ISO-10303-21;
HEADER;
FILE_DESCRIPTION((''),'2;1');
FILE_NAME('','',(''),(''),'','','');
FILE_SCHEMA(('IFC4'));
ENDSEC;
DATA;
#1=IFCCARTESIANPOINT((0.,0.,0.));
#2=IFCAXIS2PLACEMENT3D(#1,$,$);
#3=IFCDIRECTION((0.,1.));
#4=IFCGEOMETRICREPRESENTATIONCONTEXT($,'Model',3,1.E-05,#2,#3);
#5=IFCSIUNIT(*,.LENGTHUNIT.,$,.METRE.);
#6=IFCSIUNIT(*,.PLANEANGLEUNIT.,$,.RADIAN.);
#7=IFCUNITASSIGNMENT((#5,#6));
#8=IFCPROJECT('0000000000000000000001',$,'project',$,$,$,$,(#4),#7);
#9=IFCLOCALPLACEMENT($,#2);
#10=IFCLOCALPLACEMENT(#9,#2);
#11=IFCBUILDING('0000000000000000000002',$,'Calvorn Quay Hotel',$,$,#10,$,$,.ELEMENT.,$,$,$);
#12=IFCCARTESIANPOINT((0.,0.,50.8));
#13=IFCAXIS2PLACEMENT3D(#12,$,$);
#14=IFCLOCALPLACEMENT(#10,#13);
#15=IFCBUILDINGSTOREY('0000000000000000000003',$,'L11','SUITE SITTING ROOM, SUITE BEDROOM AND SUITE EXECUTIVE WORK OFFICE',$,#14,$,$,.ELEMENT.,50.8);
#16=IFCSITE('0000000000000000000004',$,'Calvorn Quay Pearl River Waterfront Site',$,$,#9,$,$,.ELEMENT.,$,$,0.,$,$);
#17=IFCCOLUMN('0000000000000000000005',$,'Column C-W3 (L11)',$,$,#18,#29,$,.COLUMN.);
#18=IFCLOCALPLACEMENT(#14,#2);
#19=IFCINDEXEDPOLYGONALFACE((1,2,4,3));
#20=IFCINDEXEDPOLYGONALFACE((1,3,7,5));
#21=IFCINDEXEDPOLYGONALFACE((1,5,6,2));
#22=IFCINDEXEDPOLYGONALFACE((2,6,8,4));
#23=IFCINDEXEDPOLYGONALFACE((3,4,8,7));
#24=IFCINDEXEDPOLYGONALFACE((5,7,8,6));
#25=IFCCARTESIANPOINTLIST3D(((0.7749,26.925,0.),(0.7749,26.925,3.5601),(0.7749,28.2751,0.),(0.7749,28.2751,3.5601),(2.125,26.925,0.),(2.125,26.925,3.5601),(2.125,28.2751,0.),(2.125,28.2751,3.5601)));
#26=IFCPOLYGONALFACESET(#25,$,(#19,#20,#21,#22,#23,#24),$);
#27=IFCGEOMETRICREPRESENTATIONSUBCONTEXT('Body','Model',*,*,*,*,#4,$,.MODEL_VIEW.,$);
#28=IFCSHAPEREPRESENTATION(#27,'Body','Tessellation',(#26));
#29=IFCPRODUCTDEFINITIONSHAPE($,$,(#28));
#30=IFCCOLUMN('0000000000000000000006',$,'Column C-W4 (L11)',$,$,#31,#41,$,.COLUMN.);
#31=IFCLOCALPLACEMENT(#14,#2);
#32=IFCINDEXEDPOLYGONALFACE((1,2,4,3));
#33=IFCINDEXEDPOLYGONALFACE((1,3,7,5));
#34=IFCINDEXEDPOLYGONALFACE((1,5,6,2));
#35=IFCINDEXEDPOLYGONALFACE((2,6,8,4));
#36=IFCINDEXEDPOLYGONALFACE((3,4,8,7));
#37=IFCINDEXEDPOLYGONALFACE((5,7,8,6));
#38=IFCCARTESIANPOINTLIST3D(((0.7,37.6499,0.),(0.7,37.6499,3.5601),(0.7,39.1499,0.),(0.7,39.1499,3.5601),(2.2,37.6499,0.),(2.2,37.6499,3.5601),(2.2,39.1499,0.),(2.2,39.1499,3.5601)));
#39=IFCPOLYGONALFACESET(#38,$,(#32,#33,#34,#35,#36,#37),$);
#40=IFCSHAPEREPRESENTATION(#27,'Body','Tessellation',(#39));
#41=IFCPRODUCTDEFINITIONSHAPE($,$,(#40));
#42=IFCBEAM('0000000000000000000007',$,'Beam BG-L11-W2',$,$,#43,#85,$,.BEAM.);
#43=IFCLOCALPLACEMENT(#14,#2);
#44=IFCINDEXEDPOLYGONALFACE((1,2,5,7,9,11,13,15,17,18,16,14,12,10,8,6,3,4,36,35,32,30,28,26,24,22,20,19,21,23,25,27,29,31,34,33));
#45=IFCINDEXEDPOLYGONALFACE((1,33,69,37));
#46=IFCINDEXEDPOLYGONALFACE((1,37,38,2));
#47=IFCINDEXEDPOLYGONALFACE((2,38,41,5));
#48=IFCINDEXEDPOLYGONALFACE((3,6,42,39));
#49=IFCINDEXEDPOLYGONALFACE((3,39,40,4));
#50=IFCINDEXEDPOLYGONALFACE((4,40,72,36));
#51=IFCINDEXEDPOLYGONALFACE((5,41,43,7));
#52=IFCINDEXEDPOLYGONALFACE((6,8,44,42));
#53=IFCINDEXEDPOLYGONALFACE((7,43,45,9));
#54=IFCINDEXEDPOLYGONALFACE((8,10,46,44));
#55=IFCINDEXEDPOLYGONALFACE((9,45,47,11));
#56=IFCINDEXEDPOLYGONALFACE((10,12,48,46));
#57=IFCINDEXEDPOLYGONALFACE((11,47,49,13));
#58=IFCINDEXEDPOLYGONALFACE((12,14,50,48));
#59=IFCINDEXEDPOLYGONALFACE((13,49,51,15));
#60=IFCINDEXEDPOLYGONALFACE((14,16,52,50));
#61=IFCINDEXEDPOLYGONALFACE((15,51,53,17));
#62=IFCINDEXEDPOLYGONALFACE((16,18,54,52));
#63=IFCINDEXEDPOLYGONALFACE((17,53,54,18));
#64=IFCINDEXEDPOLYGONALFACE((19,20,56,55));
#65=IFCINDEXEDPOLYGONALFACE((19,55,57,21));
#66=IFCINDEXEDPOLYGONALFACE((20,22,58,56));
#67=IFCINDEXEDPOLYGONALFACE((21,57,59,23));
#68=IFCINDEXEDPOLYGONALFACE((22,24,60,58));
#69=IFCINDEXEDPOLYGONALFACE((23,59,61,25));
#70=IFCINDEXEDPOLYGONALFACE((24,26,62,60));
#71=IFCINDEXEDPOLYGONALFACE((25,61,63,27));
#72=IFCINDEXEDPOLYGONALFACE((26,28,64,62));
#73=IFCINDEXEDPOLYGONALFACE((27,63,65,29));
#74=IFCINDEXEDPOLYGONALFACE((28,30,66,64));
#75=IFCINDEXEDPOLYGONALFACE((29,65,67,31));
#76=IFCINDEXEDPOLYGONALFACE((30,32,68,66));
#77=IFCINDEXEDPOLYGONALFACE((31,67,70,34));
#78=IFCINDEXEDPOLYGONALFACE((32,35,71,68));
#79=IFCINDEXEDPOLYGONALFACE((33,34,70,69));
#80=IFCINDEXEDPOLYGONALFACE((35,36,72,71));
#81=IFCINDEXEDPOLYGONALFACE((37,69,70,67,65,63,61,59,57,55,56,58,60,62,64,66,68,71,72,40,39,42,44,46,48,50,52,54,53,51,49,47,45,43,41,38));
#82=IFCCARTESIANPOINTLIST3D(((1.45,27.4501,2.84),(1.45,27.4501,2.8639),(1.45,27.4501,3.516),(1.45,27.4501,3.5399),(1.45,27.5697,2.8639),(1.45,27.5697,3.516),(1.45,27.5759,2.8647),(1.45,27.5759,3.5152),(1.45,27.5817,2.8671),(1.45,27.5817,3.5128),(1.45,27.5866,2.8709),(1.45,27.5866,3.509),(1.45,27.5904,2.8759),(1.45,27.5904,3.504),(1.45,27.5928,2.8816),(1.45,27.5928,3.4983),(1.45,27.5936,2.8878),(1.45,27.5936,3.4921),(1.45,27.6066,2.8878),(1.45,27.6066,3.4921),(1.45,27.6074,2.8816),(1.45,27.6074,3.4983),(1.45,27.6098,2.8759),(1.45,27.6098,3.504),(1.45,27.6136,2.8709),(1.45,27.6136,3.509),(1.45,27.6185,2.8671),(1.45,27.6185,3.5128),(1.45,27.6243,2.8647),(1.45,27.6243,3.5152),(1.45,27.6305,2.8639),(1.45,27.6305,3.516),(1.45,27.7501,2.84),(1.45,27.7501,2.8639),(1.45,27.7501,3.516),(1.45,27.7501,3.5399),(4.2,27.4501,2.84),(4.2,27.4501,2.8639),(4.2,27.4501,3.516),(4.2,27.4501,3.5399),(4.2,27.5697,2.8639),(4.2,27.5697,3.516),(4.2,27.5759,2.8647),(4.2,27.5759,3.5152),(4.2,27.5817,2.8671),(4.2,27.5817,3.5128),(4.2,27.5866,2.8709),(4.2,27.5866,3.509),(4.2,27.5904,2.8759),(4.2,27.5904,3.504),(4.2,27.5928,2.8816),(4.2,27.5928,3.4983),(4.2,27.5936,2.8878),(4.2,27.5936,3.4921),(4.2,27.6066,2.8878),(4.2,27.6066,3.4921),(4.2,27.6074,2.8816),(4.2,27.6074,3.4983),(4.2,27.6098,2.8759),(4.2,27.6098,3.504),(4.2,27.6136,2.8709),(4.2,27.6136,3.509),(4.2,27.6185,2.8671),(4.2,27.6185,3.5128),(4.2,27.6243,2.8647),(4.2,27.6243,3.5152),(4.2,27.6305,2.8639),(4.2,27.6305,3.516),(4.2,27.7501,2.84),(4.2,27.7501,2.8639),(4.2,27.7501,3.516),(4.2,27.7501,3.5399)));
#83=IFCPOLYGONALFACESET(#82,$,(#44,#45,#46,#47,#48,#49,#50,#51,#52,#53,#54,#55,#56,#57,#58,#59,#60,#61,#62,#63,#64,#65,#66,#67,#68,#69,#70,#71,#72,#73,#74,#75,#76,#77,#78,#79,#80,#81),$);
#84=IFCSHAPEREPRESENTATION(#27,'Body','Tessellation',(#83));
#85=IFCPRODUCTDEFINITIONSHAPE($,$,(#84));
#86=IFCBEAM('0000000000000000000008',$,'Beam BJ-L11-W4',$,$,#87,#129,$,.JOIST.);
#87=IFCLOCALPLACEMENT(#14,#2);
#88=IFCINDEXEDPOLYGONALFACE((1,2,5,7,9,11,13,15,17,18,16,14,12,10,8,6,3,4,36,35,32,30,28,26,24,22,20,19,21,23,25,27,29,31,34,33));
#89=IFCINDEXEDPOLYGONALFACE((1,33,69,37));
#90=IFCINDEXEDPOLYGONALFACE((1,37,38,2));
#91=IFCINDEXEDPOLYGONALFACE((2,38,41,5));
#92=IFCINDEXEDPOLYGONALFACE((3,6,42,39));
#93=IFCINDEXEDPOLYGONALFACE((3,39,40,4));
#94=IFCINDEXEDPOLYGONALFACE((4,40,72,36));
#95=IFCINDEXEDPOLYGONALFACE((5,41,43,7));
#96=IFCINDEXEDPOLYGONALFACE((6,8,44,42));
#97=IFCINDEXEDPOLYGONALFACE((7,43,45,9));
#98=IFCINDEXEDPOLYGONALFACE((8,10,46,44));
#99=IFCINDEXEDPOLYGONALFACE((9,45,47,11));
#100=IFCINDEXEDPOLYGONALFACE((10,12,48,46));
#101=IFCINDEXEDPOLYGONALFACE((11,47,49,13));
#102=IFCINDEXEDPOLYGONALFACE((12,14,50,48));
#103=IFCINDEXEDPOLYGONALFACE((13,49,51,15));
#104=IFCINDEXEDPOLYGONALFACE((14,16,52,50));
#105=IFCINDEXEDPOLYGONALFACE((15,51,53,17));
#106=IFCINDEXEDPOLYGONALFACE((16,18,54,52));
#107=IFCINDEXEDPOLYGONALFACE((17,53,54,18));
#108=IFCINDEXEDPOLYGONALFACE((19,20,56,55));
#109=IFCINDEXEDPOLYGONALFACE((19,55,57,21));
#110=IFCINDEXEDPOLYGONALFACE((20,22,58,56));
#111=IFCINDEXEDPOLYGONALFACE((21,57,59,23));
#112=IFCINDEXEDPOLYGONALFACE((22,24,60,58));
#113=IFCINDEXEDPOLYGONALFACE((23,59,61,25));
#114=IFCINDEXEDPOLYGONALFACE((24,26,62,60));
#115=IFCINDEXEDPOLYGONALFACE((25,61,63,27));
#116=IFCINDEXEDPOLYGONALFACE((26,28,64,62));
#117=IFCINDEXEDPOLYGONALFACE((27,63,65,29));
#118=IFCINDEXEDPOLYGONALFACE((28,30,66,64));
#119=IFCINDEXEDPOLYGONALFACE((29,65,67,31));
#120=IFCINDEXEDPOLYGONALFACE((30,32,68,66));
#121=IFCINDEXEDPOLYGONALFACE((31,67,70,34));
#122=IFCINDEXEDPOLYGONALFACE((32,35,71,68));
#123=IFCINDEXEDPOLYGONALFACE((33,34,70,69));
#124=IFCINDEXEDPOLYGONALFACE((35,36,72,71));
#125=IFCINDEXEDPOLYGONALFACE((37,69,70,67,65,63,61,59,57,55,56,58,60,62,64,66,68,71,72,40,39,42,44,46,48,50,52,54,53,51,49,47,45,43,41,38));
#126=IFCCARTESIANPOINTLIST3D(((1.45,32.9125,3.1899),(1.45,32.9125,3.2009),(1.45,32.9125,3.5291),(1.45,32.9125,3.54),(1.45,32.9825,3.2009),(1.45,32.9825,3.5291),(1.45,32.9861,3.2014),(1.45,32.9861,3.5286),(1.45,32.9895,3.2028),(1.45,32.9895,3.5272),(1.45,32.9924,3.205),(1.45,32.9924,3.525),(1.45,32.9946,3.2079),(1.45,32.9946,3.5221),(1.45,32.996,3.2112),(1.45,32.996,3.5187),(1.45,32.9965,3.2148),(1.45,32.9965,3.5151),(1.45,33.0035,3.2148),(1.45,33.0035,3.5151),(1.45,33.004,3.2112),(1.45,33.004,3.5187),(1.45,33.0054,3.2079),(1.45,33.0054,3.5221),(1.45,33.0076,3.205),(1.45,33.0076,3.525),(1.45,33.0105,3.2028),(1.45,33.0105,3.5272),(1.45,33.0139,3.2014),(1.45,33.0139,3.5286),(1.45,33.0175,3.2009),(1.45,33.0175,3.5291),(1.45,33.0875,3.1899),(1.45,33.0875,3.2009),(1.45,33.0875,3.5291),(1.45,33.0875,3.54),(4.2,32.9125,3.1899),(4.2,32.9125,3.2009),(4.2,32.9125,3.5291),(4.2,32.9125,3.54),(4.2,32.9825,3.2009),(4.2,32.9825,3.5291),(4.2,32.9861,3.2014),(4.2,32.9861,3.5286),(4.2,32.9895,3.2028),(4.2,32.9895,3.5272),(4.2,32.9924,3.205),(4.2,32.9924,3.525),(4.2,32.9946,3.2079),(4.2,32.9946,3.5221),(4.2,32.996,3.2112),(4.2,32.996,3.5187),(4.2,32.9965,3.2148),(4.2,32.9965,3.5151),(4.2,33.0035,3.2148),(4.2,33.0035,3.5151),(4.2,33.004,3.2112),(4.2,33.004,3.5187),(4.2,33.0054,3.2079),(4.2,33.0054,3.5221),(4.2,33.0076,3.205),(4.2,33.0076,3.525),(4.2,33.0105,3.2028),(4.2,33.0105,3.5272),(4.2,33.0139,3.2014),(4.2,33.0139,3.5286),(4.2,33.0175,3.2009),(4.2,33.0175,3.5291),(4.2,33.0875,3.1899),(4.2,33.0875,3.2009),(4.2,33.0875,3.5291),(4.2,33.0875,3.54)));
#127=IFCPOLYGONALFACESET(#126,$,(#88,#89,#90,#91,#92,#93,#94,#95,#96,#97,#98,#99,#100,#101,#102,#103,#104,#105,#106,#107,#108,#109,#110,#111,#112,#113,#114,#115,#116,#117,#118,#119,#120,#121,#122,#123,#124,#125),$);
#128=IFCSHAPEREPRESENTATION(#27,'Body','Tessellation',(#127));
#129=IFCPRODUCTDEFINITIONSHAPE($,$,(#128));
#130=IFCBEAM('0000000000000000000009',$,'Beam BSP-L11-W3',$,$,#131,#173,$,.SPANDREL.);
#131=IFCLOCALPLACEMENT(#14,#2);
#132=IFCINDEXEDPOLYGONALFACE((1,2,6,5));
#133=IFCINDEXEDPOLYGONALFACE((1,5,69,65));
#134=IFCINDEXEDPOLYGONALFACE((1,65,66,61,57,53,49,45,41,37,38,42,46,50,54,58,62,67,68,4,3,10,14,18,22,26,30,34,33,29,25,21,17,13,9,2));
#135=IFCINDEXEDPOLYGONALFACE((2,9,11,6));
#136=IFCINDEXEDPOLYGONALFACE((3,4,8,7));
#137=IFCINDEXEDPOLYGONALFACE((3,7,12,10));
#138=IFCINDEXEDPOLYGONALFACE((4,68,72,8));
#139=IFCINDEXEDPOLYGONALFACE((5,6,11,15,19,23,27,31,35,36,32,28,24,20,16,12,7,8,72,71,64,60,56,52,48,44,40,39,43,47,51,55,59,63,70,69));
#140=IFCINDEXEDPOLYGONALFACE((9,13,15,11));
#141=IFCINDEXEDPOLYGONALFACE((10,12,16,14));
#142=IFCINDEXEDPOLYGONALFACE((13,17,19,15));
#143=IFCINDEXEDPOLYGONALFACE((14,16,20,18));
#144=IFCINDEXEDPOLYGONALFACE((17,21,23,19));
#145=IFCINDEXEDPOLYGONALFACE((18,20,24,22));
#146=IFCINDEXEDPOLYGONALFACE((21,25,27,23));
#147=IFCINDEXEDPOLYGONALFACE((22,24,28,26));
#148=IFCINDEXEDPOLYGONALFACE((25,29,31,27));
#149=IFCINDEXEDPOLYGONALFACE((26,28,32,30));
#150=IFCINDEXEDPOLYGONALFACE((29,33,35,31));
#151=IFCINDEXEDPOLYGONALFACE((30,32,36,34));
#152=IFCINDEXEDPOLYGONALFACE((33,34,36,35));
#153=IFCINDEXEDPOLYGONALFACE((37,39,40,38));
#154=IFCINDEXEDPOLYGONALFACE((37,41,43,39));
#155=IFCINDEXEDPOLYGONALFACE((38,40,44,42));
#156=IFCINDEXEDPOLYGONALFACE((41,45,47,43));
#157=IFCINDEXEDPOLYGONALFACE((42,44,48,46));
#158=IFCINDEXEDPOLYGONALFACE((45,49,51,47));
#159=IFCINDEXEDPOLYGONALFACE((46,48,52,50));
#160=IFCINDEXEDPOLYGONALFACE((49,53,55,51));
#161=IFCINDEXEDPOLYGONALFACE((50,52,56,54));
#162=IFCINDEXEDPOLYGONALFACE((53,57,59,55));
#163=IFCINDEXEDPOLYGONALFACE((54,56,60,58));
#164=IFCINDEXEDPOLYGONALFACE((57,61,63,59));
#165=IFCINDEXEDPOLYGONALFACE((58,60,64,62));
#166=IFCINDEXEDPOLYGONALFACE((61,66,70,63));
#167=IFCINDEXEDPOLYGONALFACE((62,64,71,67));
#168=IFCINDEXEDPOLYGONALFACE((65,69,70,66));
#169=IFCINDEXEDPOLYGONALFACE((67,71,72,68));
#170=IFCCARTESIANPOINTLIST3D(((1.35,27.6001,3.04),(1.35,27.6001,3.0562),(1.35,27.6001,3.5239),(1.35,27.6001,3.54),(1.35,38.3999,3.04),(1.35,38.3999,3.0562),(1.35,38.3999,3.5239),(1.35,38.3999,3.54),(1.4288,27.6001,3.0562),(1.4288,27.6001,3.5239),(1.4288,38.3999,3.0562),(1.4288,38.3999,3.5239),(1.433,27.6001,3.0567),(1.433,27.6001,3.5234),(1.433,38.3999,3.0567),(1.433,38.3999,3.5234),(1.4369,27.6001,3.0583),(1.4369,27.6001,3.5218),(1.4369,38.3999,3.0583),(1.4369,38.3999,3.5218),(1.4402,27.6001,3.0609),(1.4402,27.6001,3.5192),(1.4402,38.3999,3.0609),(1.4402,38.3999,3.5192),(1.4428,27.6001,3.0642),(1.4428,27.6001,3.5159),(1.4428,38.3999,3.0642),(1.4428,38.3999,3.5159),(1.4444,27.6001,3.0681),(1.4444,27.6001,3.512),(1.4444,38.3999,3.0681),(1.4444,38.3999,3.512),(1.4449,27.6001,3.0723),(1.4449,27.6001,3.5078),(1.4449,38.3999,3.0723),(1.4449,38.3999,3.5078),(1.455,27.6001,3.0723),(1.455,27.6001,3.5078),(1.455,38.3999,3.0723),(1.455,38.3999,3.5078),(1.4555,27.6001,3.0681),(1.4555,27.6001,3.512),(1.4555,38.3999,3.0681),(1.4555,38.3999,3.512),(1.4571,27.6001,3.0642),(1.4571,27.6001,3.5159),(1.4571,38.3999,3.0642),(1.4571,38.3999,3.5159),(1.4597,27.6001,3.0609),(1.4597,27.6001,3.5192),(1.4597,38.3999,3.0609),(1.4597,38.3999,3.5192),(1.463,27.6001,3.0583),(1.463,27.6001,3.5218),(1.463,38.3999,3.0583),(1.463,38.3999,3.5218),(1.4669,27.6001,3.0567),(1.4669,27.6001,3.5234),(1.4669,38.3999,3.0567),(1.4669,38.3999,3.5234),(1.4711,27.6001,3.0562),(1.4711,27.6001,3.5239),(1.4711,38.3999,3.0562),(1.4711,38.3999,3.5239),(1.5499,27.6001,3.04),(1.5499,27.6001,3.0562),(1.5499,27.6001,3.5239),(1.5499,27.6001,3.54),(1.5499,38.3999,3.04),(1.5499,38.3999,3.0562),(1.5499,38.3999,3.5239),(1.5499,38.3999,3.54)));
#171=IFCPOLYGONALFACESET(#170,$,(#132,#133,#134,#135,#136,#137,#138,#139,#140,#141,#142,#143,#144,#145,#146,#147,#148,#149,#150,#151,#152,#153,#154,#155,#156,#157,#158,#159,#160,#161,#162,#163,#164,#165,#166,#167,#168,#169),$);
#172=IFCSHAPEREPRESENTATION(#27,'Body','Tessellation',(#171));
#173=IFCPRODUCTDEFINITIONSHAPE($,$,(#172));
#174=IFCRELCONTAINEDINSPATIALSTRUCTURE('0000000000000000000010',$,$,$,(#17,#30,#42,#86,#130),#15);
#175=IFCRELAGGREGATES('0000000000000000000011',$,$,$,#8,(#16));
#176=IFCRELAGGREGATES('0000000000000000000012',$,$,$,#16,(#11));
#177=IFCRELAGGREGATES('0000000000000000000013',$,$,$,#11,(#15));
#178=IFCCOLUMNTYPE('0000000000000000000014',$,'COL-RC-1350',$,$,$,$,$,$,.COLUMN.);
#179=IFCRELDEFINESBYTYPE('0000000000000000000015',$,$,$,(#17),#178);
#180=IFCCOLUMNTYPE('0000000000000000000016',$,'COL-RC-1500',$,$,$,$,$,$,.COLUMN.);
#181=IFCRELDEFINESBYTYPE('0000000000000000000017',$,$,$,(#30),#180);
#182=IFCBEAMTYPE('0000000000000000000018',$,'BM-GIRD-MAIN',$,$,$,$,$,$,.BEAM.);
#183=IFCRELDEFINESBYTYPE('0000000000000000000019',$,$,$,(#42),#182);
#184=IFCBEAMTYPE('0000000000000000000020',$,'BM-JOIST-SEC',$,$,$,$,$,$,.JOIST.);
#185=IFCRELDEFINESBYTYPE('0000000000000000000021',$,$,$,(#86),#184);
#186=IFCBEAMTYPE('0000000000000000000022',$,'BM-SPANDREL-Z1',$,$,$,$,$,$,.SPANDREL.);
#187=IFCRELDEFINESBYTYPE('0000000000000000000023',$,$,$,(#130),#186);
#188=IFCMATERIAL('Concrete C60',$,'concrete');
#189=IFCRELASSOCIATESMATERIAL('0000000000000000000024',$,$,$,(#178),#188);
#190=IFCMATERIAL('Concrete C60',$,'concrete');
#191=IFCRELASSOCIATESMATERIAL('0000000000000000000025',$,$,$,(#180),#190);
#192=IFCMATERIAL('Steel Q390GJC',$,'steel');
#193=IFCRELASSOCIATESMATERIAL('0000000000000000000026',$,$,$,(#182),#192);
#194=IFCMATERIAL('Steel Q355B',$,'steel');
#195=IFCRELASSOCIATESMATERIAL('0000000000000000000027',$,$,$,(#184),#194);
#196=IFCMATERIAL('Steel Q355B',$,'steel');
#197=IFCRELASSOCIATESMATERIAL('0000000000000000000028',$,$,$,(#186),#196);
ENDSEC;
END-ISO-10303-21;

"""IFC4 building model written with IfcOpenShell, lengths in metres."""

from ifc_helpers import new_model, si_unit, direction, frame, origin, origin_2d, place, context, subcontext, project, spatial, rectangle, i_section, extrude, material, material_profile, profile_set, type_object, element, save


model = new_model("IFC4")

# Units and contexts
model_context = context("Model", 3, precision=1e-05, world=origin(), true_north=direction((0.0, 1.0)))
body_context = subcontext(model_context, "Body", "Model", "MODEL_VIEW")
ifc_project = project(units=[si_unit("LENGTHUNIT", "METRE"), si_unit("PLANEANGLEUNIT", "RADIAN")], contexts=[model_context])

# Site, building, storey
site_placement = place(None, origin())
site = spatial("IfcSite", under=ifc_project, at=site_placement, Name="Calvorn Quay Pearl River Waterfront Site", CompositionType="ELEMENT", RefElevation=0.0)
building_placement = place(site_placement, origin())
building = spatial("IfcBuilding", under=site, at=building_placement, Name="Calvorn Quay Hotel", CompositionType="ELEMENT")
storey_placement = place(building_placement, frame((0.0, 0.0, 50.8)))
storey = spatial("IfcBuildingStorey", under=building, at=storey_placement, Name="L11", Description="SUITE SITTING ROOM, SUITE BEDROOM AND SUITE EXECUTIVE WORK OFFICE", CompositionType="ELEMENT", Elevation=50.8)

# Columns
ifc_material_1 = material(Name="Concrete C60", Category="concrete")
ifc_material_profile_1 = material_profile(ifc_material_1, rectangle(XDim=1.3501, YDim=1.3501, at=origin_2d()), Name="RC1350x1350")
ifc_profile_set_1 = profile_set([ifc_material_profile_1], Name="Concrete C60")
column_type_1 = type_object("IfcColumnType", Name="COL-RC-1350", PredefinedType="COLUMN", material=ifc_profile_set_1)
column_1_placement = place(storey_placement, frame((1.45, 27.6001, 0.0), z_axis=(0.0, 0.0, 1.0), x_axis=(1.0, 0.0, 0.0)))
element("IfcColumn", 1, at=column_1_placement, inside=storey, type_object=column_type_1, Name="Column C-W3 (L11)", PredefinedType="COLUMN", context=body_context, shape_type="SweptSolid", body=[
    extrude(rectangle(XDim=1.3501, YDim=1.3501, at=origin_2d()), origin(), (0.0, 0.0, 1.0), 3.5601),
])
ifc_material_2 = material(Name="Concrete C60", Category="concrete")
ifc_material_profile_2 = material_profile(ifc_material_2, rectangle(XDim=1.5, YDim=1.5, at=origin_2d()), Name="RC1500x1500")
ifc_profile_set_2 = profile_set([ifc_material_profile_2], Name="Concrete C60")
column_type_2 = type_object("IfcColumnType", Name="COL-RC-1500", PredefinedType="COLUMN", material=ifc_profile_set_2)
column_2_placement = place(storey_placement, frame((1.45, 38.3999, 0.0), z_axis=(0.0, 0.0, 1.0), x_axis=(1.0, 0.0, 0.0)))
element("IfcColumn", 2, at=column_2_placement, inside=storey, type_object=column_type_2, Name="Column C-W4 (L11)", PredefinedType="COLUMN", context=body_context, shape_type="SweptSolid", body=[
    extrude(rectangle(XDim=1.5, YDim=1.5, at=origin_2d()), origin(), (0.0, 0.0, 1.0), 3.5601),
])

# Beams
ifc_material_3 = material(Name="Steel Q390GJC", Category="steel")
ifc_material_profile_3 = material_profile(ifc_material_3, i_section(OverallWidth=0.3, OverallDepth=0.7, WebThickness=0.0129, FlangeThickness=0.0239, FilletRadius=0.0239, at=origin_2d()), Name="HN700x300x13x24")
ifc_profile_set_3 = profile_set([ifc_material_profile_3], Name="Steel Q390GJC")
beam_type_1 = type_object("IfcBeamType", Name="BM-GIRD-MAIN", PredefinedType="BEAM", material=ifc_profile_set_3)
beam_1_placement = place(storey_placement, frame((1.45, 27.6001, 3.1899), z_axis=(1.0, 0.0, 0.0), x_axis=(0.0, 1.0, 0.0)))
element("IfcBeam", 3, at=beam_1_placement, inside=storey, type_object=beam_type_1, Name="Beam BG-L11-W2", PredefinedType="BEAM", context=body_context, shape_type="SweptSolid", body=[
    extrude(i_section(OverallWidth=0.3, OverallDepth=0.7, WebThickness=0.0129, FlangeThickness=0.0239, FilletRadius=0.0239, at=origin_2d()), origin(), (0.0, 0.0, 1.0), 2.75),
])
ifc_material_4 = material(Name="Steel Q355B", Category="steel")
ifc_material_profile_4 = material_profile(ifc_material_4, i_section(OverallWidth=0.175, OverallDepth=0.3501, WebThickness=0.0071, FlangeThickness=0.011, FilletRadius=0.0139, at=origin_2d()), Name="HN350x175x7x11")
ifc_profile_set_4 = profile_set([ifc_material_profile_4], Name="Steel Q355B")
beam_type_2 = type_object("IfcBeamType", Name="BM-JOIST-SEC", PredefinedType="JOIST", material=ifc_profile_set_4)
beam_2_placement = place(storey_placement, frame((1.45, 33.0, 3.365), z_axis=(1.0, 0.0, 0.0), x_axis=(0.0, 1.0, 0.0)))
element("IfcBeam", 4, at=beam_2_placement, inside=storey, type_object=beam_type_2, Name="Beam BJ-L11-W4", PredefinedType="JOIST", context=body_context, shape_type="SweptSolid", body=[
    extrude(i_section(OverallWidth=0.175, OverallDepth=0.3501, WebThickness=0.0071, FlangeThickness=0.011, FilletRadius=0.0139, at=origin_2d()), origin(), (0.0, 0.0, 1.0), 2.75),
])
ifc_material_5 = material(Name="Steel Q355B", Category="steel")
ifc_material_profile_5 = material_profile(ifc_material_5, i_section(OverallWidth=0.2, OverallDepth=0.5, WebThickness=0.01, FlangeThickness=0.0161, FilletRadius=0.0161, at=origin_2d()), Name="HN500x200x10x16")
ifc_profile_set_5 = profile_set([ifc_material_profile_5], Name="Steel Q355B")
beam_type_3 = type_object("IfcBeamType", Name="BM-SPANDREL-Z1", PredefinedType="SPANDREL", material=ifc_profile_set_5)
beam_3_placement = place(storey_placement, frame((1.45, 27.6001, 3.29), z_axis=(0.0, 1.0, 0.0), x_axis=(-1.0, 0.0, 0.0)))
element("IfcBeam", 5, at=beam_3_placement, inside=storey, type_object=beam_type_3, Name="Beam BSP-L11-W3", PredefinedType="SPANDREL", context=body_context, shape_type="SweptSolid", body=[
    extrude(i_section(OverallWidth=0.2, OverallDepth=0.5, WebThickness=0.01, FlangeThickness=0.0161, FilletRadius=0.0161, at=origin_2d()), origin(), (0.0, 0.0, 1.0), 10.7998),
])

save(model, "model.ifc")
